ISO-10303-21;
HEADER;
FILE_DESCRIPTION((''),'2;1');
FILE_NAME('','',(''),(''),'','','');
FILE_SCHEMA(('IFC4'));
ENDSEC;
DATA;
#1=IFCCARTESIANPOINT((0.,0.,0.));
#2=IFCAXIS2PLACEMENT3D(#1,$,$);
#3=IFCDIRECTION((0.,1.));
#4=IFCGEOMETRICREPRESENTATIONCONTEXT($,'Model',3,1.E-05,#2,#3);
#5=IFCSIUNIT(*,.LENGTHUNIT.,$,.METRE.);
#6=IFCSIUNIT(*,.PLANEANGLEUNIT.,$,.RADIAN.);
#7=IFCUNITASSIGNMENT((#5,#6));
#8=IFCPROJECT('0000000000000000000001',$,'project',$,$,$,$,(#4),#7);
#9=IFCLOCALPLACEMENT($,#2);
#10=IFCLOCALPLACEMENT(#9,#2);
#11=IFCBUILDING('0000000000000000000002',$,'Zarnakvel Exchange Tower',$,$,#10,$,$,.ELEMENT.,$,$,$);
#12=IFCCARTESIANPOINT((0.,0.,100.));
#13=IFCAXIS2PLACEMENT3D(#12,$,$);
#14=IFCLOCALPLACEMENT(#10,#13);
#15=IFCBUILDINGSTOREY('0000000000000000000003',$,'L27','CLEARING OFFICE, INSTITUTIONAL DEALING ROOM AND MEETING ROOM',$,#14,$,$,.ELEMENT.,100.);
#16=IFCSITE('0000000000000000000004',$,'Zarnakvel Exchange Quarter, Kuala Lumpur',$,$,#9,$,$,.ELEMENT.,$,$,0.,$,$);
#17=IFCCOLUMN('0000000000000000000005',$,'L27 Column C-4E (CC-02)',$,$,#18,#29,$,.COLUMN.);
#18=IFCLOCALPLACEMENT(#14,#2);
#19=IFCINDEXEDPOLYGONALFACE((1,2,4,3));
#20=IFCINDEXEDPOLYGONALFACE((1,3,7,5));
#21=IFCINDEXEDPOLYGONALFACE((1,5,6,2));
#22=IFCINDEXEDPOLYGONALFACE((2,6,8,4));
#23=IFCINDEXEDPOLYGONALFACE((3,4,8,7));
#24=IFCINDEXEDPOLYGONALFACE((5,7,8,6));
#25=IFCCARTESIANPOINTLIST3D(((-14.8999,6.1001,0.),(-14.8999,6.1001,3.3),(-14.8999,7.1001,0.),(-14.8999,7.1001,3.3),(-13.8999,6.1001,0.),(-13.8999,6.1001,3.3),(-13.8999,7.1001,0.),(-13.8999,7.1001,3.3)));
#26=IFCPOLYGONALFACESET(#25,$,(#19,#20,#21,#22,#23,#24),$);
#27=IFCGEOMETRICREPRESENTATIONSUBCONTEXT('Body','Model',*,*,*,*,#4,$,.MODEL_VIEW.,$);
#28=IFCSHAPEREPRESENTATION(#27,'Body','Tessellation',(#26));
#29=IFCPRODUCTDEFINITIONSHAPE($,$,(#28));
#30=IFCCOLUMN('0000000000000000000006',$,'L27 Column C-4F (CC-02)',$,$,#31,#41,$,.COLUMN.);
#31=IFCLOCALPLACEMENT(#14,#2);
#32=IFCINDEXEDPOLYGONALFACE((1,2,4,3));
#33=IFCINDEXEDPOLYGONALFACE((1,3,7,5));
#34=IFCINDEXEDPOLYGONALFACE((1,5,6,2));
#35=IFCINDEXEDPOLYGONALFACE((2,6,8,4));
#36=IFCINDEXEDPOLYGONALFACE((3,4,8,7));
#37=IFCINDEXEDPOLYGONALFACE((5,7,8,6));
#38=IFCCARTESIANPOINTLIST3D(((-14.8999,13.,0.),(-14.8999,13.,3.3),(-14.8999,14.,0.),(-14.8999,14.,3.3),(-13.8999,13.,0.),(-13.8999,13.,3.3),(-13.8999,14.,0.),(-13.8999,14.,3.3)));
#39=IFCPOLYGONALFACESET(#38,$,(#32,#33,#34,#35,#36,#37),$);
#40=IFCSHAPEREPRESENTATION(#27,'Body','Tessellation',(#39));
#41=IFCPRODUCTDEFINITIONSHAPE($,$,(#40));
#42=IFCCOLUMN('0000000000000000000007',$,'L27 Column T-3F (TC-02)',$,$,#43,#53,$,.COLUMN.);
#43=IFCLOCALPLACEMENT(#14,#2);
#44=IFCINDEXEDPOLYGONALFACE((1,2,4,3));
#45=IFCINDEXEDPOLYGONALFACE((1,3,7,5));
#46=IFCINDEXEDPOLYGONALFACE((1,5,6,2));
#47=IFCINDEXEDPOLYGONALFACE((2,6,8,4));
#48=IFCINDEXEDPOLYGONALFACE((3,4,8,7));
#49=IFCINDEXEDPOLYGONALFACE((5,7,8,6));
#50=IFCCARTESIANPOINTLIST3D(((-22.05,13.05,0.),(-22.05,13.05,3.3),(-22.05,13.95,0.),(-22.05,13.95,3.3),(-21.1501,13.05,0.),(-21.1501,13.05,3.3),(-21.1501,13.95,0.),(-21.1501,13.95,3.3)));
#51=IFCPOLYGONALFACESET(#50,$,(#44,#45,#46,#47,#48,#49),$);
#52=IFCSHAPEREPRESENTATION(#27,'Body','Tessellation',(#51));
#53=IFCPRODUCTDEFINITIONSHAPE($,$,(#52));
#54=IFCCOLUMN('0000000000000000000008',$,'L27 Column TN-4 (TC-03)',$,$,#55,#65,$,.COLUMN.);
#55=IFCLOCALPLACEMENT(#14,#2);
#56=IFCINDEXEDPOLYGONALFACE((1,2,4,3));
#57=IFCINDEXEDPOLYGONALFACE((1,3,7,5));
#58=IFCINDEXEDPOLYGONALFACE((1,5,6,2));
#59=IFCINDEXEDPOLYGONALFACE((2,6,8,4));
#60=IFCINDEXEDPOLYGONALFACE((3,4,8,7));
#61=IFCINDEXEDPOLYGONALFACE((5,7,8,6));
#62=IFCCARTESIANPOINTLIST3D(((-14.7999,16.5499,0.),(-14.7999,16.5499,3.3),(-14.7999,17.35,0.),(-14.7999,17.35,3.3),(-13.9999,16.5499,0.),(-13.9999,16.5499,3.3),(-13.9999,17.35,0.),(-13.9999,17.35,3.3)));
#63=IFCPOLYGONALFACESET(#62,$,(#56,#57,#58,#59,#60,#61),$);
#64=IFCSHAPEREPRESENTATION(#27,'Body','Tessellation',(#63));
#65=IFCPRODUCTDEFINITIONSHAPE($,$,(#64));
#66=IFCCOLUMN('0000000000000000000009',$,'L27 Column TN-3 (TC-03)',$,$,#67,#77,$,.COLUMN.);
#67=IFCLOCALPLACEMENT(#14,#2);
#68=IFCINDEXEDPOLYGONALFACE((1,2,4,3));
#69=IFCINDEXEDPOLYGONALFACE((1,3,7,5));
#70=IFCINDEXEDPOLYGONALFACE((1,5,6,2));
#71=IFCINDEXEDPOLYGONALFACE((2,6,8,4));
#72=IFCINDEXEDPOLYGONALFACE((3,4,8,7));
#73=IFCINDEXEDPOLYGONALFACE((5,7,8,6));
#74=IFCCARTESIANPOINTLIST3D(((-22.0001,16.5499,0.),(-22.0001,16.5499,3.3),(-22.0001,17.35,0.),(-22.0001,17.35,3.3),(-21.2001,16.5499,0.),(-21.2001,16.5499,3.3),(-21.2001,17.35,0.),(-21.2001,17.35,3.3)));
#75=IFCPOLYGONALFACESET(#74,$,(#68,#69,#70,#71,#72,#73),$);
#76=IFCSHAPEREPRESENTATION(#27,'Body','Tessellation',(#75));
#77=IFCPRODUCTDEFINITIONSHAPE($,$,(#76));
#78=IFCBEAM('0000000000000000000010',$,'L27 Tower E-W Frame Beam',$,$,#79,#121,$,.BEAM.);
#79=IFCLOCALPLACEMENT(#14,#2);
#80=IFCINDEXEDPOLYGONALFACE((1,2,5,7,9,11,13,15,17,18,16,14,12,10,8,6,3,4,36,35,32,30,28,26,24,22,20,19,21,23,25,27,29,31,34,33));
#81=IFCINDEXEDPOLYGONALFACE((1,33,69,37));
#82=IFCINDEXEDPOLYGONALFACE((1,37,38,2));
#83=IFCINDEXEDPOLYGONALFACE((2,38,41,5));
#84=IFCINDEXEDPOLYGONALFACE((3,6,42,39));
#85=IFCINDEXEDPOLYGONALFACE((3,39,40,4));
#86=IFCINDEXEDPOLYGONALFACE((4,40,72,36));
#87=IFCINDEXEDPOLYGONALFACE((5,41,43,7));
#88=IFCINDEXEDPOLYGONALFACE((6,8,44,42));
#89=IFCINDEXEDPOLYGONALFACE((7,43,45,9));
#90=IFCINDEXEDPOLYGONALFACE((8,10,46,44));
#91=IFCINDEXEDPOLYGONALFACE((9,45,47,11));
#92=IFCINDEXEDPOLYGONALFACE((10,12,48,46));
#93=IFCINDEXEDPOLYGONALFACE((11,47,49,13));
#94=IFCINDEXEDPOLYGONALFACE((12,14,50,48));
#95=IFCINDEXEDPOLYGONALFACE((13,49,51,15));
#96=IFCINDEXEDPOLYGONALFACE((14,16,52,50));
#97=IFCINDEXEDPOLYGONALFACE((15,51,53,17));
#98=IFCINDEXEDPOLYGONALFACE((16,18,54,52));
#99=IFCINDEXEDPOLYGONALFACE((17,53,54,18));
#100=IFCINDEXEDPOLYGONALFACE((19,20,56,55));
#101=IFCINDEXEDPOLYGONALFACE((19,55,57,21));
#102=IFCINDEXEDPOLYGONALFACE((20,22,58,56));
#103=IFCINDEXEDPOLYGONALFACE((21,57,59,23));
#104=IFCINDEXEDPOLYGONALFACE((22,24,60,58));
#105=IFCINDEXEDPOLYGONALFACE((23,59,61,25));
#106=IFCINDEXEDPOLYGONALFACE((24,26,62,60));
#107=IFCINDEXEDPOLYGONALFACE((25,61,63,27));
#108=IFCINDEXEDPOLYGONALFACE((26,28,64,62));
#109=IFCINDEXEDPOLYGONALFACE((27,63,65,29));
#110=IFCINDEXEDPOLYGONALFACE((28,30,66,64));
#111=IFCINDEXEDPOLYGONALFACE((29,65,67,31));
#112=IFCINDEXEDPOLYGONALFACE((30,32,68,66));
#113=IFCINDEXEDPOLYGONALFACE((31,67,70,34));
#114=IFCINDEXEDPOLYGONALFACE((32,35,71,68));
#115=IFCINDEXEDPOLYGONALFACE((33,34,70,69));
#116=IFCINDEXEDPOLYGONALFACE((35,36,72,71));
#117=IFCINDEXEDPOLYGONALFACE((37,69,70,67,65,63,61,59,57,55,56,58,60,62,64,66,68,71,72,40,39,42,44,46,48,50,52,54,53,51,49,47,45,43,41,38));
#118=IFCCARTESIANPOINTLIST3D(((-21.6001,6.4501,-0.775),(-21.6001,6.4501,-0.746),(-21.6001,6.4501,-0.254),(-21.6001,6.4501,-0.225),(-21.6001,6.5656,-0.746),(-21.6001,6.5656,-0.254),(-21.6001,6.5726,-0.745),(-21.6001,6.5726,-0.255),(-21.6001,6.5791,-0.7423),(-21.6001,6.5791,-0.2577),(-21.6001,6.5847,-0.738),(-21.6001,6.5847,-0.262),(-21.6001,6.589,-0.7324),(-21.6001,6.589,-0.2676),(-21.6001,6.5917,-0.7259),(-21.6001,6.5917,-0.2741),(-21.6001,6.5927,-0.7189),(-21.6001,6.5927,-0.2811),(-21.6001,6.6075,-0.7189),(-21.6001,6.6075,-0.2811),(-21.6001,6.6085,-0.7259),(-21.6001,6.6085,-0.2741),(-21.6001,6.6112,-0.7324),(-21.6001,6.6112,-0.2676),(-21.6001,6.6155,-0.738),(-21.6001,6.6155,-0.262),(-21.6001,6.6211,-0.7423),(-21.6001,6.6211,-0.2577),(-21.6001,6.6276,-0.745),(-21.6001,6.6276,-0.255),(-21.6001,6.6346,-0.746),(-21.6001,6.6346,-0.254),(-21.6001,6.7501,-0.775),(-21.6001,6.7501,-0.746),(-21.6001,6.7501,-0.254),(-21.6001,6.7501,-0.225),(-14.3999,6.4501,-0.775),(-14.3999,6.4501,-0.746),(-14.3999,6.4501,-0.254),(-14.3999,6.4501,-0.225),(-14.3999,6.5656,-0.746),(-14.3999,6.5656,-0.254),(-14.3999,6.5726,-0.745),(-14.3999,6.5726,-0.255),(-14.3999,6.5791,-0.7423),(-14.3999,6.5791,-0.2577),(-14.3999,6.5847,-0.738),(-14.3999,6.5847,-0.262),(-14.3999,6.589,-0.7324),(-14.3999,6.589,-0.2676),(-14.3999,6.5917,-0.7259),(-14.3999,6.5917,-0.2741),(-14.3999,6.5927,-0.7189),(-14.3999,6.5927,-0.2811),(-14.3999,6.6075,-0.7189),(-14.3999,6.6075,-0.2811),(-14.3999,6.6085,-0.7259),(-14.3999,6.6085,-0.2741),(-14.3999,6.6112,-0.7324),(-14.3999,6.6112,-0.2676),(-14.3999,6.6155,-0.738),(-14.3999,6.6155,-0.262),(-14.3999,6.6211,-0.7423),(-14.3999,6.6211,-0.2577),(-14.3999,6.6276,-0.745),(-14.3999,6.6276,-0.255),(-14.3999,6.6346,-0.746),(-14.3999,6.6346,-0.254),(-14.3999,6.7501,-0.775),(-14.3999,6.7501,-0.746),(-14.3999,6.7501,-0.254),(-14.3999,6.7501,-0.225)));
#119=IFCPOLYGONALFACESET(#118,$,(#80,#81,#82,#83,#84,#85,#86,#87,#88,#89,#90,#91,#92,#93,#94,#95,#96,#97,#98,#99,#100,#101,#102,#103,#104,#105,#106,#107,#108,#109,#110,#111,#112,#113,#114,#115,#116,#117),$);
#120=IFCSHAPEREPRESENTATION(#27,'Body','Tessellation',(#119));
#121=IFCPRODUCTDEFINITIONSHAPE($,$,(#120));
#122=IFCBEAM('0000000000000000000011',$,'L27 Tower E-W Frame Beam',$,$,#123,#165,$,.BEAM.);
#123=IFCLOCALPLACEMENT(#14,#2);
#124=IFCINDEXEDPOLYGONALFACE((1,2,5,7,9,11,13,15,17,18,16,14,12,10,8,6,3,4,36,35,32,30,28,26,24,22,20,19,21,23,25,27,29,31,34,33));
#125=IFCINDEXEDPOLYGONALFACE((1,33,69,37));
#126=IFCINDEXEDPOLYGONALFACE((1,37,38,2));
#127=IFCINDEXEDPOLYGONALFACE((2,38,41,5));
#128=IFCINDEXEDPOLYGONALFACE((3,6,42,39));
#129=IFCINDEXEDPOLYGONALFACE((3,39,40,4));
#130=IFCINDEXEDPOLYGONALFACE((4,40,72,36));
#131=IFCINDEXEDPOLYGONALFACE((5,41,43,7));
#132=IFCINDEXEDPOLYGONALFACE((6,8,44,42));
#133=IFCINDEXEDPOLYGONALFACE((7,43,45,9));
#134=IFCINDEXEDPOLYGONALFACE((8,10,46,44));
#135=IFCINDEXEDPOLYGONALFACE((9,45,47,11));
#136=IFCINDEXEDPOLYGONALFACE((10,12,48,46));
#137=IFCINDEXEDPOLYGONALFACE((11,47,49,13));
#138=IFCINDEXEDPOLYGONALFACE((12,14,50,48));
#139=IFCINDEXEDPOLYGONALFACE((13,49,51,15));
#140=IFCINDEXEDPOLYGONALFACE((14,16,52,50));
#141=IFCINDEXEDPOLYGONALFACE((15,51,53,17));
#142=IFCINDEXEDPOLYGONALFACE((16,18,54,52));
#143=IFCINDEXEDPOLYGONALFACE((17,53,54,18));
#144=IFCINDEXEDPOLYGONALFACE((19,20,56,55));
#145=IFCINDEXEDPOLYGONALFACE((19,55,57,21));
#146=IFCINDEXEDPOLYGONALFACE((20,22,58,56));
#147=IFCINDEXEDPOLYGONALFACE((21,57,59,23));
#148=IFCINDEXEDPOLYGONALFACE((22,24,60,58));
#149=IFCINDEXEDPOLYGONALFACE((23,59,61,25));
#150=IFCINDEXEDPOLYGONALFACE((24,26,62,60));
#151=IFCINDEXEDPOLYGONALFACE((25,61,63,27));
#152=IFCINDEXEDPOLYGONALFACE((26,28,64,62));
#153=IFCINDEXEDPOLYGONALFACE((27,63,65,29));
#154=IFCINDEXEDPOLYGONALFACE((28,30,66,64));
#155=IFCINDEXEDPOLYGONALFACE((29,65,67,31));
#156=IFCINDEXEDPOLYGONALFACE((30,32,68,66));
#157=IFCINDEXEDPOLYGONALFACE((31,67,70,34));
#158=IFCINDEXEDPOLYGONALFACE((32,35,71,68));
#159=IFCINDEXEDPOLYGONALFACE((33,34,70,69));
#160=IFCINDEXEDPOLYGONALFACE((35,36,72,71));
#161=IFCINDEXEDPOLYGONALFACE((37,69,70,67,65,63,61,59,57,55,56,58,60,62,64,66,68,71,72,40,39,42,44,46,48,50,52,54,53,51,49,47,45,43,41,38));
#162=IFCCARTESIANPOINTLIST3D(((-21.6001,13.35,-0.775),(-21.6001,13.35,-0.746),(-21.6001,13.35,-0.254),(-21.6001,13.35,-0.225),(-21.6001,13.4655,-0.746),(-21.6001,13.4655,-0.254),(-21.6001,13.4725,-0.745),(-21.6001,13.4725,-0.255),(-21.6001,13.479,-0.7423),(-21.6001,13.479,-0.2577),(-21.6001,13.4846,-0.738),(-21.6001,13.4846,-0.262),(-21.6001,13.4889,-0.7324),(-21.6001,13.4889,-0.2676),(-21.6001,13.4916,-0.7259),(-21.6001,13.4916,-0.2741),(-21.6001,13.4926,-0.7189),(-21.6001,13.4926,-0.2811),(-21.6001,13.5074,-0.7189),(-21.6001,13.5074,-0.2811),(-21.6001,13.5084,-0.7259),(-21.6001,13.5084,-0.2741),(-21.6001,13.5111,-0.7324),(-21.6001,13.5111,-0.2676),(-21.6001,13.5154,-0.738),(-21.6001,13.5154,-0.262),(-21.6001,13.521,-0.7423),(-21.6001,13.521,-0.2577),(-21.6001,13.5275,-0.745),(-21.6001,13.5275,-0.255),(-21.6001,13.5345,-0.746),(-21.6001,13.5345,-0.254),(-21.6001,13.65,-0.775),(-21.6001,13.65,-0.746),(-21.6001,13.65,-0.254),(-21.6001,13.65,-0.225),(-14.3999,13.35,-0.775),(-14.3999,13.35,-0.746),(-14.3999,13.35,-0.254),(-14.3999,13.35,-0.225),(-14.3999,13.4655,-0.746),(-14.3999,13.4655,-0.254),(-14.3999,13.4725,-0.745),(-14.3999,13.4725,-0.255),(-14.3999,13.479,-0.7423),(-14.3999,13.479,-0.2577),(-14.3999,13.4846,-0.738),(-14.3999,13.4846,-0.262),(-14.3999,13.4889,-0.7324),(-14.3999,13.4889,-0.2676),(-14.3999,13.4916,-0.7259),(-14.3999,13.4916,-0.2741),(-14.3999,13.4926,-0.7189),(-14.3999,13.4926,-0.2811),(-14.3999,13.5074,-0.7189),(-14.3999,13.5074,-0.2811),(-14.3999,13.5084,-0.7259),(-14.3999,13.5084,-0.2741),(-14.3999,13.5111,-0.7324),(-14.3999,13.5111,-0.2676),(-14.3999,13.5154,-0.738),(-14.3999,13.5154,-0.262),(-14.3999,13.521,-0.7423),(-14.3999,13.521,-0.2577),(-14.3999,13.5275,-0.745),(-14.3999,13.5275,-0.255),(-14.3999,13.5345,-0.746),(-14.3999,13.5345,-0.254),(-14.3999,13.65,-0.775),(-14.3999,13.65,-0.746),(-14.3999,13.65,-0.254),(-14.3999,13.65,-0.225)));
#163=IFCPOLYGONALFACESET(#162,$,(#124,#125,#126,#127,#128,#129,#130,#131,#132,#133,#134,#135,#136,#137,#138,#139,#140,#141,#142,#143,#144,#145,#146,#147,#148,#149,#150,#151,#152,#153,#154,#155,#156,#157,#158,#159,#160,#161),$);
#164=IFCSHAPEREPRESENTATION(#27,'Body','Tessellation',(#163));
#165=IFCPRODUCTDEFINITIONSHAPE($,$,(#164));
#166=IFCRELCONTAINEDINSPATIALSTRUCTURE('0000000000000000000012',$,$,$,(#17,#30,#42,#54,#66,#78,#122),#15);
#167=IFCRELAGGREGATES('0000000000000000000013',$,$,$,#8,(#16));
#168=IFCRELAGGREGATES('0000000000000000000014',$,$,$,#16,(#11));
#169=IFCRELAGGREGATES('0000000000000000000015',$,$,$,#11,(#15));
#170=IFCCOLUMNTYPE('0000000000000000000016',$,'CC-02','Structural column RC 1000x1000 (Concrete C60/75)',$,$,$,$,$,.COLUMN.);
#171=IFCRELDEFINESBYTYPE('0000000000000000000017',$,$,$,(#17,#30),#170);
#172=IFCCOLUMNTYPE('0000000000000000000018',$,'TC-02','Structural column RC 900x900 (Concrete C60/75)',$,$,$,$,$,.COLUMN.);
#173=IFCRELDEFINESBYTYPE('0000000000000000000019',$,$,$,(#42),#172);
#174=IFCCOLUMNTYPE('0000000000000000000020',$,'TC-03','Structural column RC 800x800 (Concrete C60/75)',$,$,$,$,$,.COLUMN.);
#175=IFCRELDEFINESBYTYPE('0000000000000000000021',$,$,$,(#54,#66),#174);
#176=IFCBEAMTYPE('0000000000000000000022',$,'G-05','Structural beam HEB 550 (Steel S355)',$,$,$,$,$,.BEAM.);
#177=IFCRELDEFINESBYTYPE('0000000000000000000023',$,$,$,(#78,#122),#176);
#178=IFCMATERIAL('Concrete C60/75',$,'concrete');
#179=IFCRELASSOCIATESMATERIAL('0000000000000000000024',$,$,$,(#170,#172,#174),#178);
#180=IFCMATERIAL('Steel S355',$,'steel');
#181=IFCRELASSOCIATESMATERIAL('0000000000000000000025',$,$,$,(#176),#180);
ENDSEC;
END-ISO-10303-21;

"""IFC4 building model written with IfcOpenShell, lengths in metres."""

from ifc_helpers import new_model, si_unit, direction, frame, origin, origin_2d, place, context, subcontext, project, spatial, rectangle, i_section, extrude, material, material_profile, profile_set, type_object, element, save


model = new_model("IFC4")

# Units and contexts
model_context = context("Model", 3, precision=1e-05, world=origin(), true_north=direction((0.0, 1.0)))
body_context = subcontext(model_context, "Body", "Model", "MODEL_VIEW")
ifc_project = project(units=[si_unit("LENGTHUNIT", "METRE"), si_unit("PLANEANGLEUNIT", "RADIAN")], contexts=[model_context])

# Site, building, storey
site_placement = place(None, origin())
site = spatial("IfcSite", under=ifc_project, at=site_placement, Name="Zarnakvel Exchange Quarter, Kuala Lumpur", CompositionType="ELEMENT", RefElevation=0.0)
building_placement = place(site_placement, origin())
building = spatial("IfcBuilding", under=site, at=building_placement, Name="Zarnakvel Exchange Tower", CompositionType="ELEMENT")
storey_placement = place(building_placement, frame((0.0, 0.0, 100.0)))
storey = spatial("IfcBuildingStorey", under=building, at=storey_placement, Name="L27", Description="CLEARING OFFICE, INSTITUTIONAL DEALING ROOM AND MEETING ROOM", CompositionType="ELEMENT", Elevation=100.0)

# Columns
ifc_material_1 = material(Name="Concrete C60/75", Category="concrete")
ifc_material_profile_1 = material_profile(ifc_material_1, rectangle(XDim=1.0, YDim=1.0, at=origin_2d()))
ifc_profile_set_1 = profile_set([ifc_material_profile_1], Name="Concrete C60/75")
column_type_1 = type_object("IfcColumnType", Name="CC-02", Description="Structural column RC 1000x1000 (Concrete C60/75)", PredefinedType="COLUMN", material=ifc_profile_set_1)
for number, where, z_axis, x_axis, name in (
    (1, (-14.3999, 6.6001, 0.0), (0.0, 0.0, 1.0), (1.0, 0.0, 0.0), "L27 Column C-4E (CC-02)"),
    (2, (-14.3999, 13.5, 0.0), (0.0, 0.0, 1.0), (1.0, 0.0, 0.0), "L27 Column C-4F (CC-02)"),
):
    element("IfcColumn", number, at=place(storey_placement, frame(where, z_axis=z_axis, x_axis=x_axis)), inside=storey, type_object=column_type_1, Name=name, PredefinedType="COLUMN", context=body_context, shape_type="SweptSolid", body=[
        extrude(rectangle(XDim=1.0, YDim=1.0, at=origin_2d()), origin(), (0.0, 0.0, 1.0), 3.3),
    ])
ifc_material_profile_2 = material_profile(ifc_material_1, rectangle(XDim=0.8999, YDim=0.8999, at=origin_2d()))
ifc_profile_set_2 = profile_set([ifc_material_profile_2], Name="Concrete C60/75")
column_type_2 = type_object("IfcColumnType", Name="TC-02", Description="Structural column RC 900x900 (Concrete C60/75)", PredefinedType="COLUMN", material=ifc_profile_set_2)
column_placement = place(storey_placement, frame((-21.6001, 13.5, 0.0), z_axis=(0.0, 0.0, 1.0), x_axis=(1.0, 0.0, 0.0)))
element("IfcColumn", 3, at=column_placement, inside=storey, type_object=column_type_2, Name="L27 Column T-3F (TC-02)", PredefinedType="COLUMN", context=body_context, shape_type="SweptSolid", body=[
    extrude(rectangle(XDim=0.8999, YDim=0.8999, at=origin_2d()), origin(), (0.0, 0.0, 1.0), 3.3),
])
ifc_material_profile_3 = material_profile(ifc_material_1, rectangle(XDim=0.8, YDim=0.8, at=origin_2d()))
ifc_profile_set_3 = profile_set([ifc_material_profile_3], Name="Concrete C60/75")
column_type_3 = type_object("IfcColumnType", Name="TC-03", Description="Structural column RC 800x800 (Concrete C60/75)", PredefinedType="COLUMN", material=ifc_profile_set_3)
for number, where, z_axis, x_axis, name in (
    (4, (-14.3999, 16.95, 0.0), (0.0, 0.0, 1.0), (1.0, 0.0, 0.0), "L27 Column TN-4 (TC-03)"),
    (5, (-21.6001, 16.95, 0.0), (0.0, 0.0, 1.0), (1.0, 0.0, 0.0), "L27 Column TN-3 (TC-03)"),
):
    element("IfcColumn", number, at=place(storey_placement, frame(where, z_axis=z_axis, x_axis=x_axis)), inside=storey, type_object=column_type_3, Name=name, PredefinedType="COLUMN", context=body_context, shape_type="SweptSolid", body=[
        extrude(rectangle(XDim=0.8, YDim=0.8, at=origin_2d()), origin(), (0.0, 0.0, 1.0), 3.3),
    ])

# Beams
ifc_material_2 = material(Name="Steel S355", Category="steel")
ifc_material_profile_4 = material_profile(ifc_material_2, i_section(OverallWidth=0.3, OverallDepth=0.55, WebThickness=0.0149, FlangeThickness=0.0291, FilletRadius=0.0271, at=origin_2d()))
ifc_profile_set_4 = profile_set([ifc_material_profile_4], Name="Steel S355")
beam_type_1 = type_object("IfcBeamType", Name="G-05", Description="Structural beam HEB 550 (Steel S355)", PredefinedType="BEAM", material=ifc_profile_set_4)
for number, where, z_axis, x_axis, name in (
    (6, (-21.6001, 6.6001, -0.5), (1.0, 0.0, 0.0), (0.0, 1.0, 0.0), "L27 Tower E-W Frame Beam"),
    (7, (-21.6001, 13.5, -0.5), (1.0, 0.0, 0.0), (0.0, 1.0, 0.0), "L27 Tower E-W Frame Beam"),
):
    element("IfcBeam", number, at=place(storey_placement, frame(where, z_axis=z_axis, x_axis=x_axis)), inside=storey, type_object=beam_type_1, Name=name, PredefinedType="BEAM", context=body_context, shape_type="SweptSolid", body=[
        extrude(i_section(OverallWidth=0.3, OverallDepth=0.55, WebThickness=0.0149, FlangeThickness=0.0291, FilletRadius=0.0271, at=origin_2d()), origin(), (0.0, 0.0, 1.0), 7.2002),
    ])

save(model, "model.ifc")
